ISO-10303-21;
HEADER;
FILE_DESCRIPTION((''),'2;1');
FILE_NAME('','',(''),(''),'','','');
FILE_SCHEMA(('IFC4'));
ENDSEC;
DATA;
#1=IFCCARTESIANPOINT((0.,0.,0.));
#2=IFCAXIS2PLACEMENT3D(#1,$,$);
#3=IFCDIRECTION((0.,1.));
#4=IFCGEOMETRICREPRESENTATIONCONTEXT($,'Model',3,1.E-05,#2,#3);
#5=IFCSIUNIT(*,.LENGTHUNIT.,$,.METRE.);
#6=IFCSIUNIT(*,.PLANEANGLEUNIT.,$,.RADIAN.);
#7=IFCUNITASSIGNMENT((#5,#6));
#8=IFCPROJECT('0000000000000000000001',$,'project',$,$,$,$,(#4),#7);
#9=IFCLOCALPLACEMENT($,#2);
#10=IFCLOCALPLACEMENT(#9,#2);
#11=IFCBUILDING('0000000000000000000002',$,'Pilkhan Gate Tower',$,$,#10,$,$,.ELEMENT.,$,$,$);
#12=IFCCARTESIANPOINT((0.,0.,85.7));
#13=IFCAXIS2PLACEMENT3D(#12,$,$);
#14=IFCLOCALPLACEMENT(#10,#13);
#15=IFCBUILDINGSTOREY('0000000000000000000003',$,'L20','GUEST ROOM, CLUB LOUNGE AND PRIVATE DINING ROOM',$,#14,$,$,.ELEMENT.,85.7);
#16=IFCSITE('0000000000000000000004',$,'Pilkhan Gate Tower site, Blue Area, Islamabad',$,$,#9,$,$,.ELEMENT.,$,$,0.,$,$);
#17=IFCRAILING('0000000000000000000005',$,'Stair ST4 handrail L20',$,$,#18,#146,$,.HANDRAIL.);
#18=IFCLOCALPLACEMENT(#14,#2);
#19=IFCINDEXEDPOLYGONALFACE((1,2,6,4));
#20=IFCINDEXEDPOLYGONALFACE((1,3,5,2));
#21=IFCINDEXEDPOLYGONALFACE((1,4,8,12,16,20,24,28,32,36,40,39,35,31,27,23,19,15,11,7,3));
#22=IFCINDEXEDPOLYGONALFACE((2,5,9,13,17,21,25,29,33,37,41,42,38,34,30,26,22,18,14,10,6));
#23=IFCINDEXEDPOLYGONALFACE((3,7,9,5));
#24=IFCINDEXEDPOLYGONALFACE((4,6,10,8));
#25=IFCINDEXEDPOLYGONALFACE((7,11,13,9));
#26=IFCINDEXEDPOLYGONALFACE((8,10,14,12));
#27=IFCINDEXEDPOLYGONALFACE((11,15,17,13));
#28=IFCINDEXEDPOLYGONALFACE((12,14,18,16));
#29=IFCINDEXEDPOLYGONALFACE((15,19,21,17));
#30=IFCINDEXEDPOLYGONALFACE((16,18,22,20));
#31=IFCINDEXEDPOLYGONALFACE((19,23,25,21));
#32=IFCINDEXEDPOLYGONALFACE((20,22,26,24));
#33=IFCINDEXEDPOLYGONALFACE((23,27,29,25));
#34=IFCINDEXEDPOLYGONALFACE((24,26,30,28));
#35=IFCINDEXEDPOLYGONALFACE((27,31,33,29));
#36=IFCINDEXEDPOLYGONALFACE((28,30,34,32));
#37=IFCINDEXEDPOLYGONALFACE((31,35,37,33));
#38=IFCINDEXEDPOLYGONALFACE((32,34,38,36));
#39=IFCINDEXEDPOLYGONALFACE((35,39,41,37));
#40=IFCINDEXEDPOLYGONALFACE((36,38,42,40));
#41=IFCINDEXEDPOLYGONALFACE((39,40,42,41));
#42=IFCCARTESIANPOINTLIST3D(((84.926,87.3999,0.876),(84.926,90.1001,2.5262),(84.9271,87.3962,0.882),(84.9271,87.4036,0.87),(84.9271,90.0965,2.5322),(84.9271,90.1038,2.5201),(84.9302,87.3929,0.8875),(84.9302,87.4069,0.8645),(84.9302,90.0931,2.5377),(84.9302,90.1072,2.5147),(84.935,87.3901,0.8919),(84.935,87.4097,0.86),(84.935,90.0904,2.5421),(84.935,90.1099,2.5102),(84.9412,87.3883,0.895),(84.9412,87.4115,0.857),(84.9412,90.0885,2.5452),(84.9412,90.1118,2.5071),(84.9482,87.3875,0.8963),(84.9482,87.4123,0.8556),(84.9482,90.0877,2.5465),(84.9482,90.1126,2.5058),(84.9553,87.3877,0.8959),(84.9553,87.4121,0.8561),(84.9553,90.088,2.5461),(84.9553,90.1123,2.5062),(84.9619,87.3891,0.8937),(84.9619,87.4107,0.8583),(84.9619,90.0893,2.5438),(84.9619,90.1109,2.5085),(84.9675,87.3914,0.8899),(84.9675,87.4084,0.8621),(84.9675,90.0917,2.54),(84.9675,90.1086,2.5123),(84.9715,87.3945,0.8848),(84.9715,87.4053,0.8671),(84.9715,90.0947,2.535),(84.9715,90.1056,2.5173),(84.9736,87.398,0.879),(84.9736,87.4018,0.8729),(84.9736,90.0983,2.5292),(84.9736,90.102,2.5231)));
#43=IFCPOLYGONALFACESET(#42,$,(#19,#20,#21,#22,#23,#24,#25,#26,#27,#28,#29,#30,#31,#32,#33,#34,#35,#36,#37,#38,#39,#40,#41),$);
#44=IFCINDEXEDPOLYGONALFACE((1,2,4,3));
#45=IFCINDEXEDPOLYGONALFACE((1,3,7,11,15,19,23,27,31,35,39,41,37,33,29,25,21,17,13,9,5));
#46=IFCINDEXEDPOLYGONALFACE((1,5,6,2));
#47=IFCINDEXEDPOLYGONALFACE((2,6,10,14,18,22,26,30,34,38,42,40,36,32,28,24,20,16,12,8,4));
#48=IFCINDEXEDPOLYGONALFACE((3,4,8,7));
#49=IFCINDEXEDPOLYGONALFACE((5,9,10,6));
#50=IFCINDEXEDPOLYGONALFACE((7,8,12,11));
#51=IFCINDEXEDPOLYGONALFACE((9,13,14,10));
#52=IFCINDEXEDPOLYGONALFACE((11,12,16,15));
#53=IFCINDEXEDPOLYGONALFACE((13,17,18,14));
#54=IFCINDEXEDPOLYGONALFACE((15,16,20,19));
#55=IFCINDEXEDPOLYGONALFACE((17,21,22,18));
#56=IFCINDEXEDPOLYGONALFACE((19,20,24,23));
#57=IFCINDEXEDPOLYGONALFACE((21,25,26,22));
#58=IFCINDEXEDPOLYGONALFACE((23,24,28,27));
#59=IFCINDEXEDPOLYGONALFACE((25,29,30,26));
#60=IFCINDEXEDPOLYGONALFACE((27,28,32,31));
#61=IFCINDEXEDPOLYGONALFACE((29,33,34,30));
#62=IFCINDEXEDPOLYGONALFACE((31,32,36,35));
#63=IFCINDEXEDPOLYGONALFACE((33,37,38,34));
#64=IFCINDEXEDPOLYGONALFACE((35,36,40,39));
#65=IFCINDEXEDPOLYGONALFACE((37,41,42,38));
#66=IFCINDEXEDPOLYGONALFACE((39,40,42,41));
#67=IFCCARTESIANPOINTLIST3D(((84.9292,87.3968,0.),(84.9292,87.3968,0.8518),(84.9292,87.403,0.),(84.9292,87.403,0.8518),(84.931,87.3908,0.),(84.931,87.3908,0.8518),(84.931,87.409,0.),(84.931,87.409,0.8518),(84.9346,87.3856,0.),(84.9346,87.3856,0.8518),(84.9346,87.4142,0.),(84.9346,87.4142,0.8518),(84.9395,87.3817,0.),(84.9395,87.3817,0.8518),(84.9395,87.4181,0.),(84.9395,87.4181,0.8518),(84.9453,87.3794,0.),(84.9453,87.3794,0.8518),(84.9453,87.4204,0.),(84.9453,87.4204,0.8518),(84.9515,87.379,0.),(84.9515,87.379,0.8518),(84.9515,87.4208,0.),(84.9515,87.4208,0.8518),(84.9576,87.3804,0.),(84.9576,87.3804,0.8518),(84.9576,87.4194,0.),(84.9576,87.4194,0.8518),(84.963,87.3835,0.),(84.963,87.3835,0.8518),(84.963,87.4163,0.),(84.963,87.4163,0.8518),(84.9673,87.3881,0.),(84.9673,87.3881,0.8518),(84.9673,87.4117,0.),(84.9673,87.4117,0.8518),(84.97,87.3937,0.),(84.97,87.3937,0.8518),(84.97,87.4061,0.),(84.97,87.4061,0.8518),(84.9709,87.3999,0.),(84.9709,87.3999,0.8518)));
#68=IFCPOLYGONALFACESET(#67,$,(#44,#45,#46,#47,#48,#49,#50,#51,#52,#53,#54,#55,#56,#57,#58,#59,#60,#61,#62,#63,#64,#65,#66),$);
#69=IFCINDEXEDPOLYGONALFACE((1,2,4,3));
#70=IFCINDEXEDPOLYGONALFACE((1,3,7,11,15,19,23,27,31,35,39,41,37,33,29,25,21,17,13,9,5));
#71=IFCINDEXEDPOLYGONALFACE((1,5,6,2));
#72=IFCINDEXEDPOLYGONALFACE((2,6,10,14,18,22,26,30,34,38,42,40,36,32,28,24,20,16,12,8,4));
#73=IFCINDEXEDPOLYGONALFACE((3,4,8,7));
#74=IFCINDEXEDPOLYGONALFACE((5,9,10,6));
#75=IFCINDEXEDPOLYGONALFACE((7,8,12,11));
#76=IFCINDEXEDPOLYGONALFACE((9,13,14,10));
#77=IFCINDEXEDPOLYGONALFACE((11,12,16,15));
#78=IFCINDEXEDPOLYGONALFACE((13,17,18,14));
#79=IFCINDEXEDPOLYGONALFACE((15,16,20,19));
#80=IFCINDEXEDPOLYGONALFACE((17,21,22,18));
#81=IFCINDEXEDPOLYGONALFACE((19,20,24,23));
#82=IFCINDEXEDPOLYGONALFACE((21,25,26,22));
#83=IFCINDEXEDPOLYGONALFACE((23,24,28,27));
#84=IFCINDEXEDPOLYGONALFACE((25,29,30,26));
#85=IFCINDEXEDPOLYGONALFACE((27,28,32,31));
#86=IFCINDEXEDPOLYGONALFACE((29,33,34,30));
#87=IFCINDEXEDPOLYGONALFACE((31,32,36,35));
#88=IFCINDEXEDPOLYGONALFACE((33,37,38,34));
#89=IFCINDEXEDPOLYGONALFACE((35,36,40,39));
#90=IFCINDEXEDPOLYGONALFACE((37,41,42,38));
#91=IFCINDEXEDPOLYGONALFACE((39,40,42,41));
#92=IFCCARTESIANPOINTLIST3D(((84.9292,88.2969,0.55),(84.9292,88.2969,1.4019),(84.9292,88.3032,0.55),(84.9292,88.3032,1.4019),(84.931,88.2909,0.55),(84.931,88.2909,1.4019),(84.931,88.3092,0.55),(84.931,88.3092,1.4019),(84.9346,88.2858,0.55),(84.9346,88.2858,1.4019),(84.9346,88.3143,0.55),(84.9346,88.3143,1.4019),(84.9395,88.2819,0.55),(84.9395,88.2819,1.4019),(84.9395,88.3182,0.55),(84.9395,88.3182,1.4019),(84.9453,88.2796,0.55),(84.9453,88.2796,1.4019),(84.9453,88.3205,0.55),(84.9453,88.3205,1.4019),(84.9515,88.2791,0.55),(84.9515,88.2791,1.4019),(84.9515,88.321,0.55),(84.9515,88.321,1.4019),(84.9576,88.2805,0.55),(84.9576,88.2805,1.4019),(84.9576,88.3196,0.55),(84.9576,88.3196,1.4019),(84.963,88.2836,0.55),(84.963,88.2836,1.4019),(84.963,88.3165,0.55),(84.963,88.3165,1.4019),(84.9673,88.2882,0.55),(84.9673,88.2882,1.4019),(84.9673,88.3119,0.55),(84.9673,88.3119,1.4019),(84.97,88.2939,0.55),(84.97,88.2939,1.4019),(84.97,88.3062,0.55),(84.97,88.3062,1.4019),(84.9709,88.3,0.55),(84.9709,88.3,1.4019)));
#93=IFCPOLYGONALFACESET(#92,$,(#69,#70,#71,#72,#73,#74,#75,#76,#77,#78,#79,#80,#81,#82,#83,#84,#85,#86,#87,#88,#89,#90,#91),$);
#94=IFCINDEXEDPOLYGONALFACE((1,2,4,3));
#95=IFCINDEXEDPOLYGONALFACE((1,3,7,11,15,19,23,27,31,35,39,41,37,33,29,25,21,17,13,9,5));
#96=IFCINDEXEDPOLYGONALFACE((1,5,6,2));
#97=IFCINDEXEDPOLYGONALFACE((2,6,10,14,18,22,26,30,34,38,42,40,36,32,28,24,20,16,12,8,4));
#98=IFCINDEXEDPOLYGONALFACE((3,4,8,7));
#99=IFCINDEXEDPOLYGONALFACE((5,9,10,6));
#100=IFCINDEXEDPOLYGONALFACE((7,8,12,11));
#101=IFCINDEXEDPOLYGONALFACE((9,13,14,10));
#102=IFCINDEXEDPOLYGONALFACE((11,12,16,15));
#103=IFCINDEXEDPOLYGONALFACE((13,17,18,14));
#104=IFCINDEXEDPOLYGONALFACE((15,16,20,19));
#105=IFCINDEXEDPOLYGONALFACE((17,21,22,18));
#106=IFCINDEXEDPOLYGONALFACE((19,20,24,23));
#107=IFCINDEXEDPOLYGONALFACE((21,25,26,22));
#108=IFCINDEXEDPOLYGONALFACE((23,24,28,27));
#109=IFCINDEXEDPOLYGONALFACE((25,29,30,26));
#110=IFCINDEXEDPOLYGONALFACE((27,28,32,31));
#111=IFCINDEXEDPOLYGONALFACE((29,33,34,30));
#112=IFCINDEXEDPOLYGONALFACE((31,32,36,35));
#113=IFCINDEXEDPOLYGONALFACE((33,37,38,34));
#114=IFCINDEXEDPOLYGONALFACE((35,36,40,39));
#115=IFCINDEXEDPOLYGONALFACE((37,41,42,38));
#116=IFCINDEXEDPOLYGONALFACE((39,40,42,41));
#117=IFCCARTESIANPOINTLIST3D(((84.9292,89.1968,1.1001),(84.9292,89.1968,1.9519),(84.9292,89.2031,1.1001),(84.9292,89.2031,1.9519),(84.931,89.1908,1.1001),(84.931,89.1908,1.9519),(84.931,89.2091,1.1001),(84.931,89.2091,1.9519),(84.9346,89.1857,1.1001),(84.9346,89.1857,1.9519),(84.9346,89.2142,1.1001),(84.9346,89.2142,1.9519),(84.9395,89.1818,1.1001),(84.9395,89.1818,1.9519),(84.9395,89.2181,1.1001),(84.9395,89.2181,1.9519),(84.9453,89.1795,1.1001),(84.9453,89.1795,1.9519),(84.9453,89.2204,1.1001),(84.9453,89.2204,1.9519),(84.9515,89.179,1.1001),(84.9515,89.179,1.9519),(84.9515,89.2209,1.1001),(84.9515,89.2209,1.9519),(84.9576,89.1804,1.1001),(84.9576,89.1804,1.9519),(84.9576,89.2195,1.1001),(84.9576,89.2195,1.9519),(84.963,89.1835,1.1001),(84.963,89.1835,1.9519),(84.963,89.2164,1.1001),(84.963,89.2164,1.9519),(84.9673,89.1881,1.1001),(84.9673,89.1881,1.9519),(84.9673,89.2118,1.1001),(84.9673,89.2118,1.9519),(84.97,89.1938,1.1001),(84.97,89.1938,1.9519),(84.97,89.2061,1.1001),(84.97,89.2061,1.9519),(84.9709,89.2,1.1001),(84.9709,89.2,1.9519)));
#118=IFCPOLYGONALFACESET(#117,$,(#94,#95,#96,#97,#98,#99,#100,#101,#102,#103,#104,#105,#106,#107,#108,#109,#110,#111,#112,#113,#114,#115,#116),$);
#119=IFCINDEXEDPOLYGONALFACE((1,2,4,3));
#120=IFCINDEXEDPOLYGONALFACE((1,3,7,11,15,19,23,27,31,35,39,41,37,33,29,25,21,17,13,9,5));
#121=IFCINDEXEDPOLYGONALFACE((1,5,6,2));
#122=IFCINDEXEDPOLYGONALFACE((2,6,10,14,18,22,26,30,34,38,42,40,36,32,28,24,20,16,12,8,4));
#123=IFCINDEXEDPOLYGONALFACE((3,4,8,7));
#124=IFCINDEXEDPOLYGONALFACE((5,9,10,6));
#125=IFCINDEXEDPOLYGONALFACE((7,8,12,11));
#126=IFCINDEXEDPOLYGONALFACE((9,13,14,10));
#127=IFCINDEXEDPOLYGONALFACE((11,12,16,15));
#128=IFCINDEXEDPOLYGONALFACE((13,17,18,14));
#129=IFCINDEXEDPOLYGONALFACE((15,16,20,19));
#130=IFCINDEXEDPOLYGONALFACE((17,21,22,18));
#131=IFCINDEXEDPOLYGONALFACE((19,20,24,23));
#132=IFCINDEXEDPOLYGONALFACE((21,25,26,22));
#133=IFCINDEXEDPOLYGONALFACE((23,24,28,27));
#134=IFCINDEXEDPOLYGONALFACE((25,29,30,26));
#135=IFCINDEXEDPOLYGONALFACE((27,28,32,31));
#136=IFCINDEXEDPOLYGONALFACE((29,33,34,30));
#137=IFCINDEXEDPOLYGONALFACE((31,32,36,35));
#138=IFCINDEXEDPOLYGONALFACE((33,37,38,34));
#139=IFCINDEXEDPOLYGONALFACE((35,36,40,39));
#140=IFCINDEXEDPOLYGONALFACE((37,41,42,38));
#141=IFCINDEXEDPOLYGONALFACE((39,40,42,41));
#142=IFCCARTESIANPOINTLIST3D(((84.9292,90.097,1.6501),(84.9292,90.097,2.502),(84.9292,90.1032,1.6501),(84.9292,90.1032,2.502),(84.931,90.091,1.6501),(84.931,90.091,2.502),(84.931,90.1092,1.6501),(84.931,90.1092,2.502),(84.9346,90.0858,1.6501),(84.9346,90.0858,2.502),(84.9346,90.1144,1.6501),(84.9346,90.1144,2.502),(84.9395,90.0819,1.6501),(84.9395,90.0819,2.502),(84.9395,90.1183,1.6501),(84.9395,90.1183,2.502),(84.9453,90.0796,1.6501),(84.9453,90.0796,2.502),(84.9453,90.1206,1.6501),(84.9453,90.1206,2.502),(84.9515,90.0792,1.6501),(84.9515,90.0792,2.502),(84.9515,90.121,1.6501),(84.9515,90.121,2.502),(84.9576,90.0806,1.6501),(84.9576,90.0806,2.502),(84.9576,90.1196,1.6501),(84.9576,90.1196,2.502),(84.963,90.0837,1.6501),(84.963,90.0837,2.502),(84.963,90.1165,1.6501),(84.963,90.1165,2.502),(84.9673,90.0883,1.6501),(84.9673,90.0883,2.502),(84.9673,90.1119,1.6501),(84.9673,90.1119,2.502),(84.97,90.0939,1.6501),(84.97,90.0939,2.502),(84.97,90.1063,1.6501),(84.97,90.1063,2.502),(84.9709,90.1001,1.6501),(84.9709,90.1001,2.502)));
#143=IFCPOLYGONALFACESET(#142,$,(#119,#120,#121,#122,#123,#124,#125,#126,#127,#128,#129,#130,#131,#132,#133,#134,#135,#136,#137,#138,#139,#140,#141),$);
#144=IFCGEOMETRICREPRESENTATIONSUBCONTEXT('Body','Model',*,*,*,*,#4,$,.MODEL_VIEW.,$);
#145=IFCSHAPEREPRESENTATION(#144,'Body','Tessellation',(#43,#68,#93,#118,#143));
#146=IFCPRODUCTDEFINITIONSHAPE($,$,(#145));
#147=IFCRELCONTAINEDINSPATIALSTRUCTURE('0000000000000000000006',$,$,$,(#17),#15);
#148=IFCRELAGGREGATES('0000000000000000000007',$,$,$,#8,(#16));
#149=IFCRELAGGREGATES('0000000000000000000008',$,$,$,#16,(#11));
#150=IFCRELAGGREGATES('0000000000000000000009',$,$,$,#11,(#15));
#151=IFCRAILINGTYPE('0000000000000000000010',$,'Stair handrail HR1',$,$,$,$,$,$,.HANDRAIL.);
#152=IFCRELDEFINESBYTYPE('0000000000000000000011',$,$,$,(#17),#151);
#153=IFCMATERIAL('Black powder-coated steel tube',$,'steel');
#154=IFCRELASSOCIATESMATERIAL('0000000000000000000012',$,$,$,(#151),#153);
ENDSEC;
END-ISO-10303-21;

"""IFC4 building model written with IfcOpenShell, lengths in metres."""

from ifc_helpers import new_model, si_unit, direction, frame, origin, origin_2d, place, context, subcontext, project, spatial, circle, extrude, material, type_object, element, save


model = new_model("IFC4")

# Units and contexts
model_context = context("Model", 3, precision=1e-05, world=origin(), true_north=direction((0.0, 1.0)))
body_context = subcontext(model_context, "Body", "Model", "MODEL_VIEW")
ifc_project = project(units=[si_unit("LENGTHUNIT", "METRE"), si_unit("PLANEANGLEUNIT", "RADIAN")], contexts=[model_context])

# Site, building, storey
site_placement = place(None, origin())
site = spatial("IfcSite", under=ifc_project, at=site_placement, Name="Pilkhan Gate Tower site, Blue Area, Islamabad", CompositionType="ELEMENT", RefElevation=0.0)
building_placement = place(site_placement, origin())
building = spatial("IfcBuilding", under=site, at=building_placement, Name="Pilkhan Gate Tower", CompositionType="ELEMENT")
storey_placement = place(building_placement, frame((0.0, 0.0, 85.7)))
storey = spatial("IfcBuildingStorey", under=building, at=storey_placement, Name="L20", Description="GUEST ROOM, CLUB LOUNGE AND PRIVATE DINING ROOM", CompositionType="ELEMENT", Elevation=85.7)

# Railing
ifc_material_1 = material(Name="Black powder-coated steel tube", Category="steel")
railing_type_1 = type_object("IfcRailingType", Name="Stair handrail HR1", PredefinedType="HANDRAIL", material=ifc_material_1)
railing_1_placement = place(storey_placement, frame((84.95, 87.3999, 0.0)))
element("IfcRailing", 1, at=railing_1_placement, inside=storey, type_object=railing_type_1, Name="Stair ST4 handrail L20", PredefinedType="HANDRAIL", context=body_context, shape_type="SweptSolid", body=[
    extrude(circle(Radius=0.0239, at=origin_2d()), frame((0.0, 0.0, 0.876), z_axis=(0.0, 0.853278, 0.521456), x_axis=(-1.0, 0.0, 0.0)), (0.0, 0.0, 1.0), 3.1646),
    extrude(circle(Radius=0.021, at=origin_2d()), origin(), (0.0, 0.0, 1.0), 0.8518),
    extrude(circle(Radius=0.021, at=origin_2d()), frame((0.0, 0.9001, 0.55)), (0.0, 0.0, 1.0), 0.8518),
    extrude(circle(Radius=0.021, at=origin_2d()), frame((0.0, 1.8, 1.1001)), (0.0, 0.0, 1.0), 0.8518),
    extrude(circle(Radius=0.021, at=origin_2d()), frame((0.0, 2.7002, 1.6501)), (0.0, 0.0, 1.0), 0.8518),
])

save(model, "model.ifc")
